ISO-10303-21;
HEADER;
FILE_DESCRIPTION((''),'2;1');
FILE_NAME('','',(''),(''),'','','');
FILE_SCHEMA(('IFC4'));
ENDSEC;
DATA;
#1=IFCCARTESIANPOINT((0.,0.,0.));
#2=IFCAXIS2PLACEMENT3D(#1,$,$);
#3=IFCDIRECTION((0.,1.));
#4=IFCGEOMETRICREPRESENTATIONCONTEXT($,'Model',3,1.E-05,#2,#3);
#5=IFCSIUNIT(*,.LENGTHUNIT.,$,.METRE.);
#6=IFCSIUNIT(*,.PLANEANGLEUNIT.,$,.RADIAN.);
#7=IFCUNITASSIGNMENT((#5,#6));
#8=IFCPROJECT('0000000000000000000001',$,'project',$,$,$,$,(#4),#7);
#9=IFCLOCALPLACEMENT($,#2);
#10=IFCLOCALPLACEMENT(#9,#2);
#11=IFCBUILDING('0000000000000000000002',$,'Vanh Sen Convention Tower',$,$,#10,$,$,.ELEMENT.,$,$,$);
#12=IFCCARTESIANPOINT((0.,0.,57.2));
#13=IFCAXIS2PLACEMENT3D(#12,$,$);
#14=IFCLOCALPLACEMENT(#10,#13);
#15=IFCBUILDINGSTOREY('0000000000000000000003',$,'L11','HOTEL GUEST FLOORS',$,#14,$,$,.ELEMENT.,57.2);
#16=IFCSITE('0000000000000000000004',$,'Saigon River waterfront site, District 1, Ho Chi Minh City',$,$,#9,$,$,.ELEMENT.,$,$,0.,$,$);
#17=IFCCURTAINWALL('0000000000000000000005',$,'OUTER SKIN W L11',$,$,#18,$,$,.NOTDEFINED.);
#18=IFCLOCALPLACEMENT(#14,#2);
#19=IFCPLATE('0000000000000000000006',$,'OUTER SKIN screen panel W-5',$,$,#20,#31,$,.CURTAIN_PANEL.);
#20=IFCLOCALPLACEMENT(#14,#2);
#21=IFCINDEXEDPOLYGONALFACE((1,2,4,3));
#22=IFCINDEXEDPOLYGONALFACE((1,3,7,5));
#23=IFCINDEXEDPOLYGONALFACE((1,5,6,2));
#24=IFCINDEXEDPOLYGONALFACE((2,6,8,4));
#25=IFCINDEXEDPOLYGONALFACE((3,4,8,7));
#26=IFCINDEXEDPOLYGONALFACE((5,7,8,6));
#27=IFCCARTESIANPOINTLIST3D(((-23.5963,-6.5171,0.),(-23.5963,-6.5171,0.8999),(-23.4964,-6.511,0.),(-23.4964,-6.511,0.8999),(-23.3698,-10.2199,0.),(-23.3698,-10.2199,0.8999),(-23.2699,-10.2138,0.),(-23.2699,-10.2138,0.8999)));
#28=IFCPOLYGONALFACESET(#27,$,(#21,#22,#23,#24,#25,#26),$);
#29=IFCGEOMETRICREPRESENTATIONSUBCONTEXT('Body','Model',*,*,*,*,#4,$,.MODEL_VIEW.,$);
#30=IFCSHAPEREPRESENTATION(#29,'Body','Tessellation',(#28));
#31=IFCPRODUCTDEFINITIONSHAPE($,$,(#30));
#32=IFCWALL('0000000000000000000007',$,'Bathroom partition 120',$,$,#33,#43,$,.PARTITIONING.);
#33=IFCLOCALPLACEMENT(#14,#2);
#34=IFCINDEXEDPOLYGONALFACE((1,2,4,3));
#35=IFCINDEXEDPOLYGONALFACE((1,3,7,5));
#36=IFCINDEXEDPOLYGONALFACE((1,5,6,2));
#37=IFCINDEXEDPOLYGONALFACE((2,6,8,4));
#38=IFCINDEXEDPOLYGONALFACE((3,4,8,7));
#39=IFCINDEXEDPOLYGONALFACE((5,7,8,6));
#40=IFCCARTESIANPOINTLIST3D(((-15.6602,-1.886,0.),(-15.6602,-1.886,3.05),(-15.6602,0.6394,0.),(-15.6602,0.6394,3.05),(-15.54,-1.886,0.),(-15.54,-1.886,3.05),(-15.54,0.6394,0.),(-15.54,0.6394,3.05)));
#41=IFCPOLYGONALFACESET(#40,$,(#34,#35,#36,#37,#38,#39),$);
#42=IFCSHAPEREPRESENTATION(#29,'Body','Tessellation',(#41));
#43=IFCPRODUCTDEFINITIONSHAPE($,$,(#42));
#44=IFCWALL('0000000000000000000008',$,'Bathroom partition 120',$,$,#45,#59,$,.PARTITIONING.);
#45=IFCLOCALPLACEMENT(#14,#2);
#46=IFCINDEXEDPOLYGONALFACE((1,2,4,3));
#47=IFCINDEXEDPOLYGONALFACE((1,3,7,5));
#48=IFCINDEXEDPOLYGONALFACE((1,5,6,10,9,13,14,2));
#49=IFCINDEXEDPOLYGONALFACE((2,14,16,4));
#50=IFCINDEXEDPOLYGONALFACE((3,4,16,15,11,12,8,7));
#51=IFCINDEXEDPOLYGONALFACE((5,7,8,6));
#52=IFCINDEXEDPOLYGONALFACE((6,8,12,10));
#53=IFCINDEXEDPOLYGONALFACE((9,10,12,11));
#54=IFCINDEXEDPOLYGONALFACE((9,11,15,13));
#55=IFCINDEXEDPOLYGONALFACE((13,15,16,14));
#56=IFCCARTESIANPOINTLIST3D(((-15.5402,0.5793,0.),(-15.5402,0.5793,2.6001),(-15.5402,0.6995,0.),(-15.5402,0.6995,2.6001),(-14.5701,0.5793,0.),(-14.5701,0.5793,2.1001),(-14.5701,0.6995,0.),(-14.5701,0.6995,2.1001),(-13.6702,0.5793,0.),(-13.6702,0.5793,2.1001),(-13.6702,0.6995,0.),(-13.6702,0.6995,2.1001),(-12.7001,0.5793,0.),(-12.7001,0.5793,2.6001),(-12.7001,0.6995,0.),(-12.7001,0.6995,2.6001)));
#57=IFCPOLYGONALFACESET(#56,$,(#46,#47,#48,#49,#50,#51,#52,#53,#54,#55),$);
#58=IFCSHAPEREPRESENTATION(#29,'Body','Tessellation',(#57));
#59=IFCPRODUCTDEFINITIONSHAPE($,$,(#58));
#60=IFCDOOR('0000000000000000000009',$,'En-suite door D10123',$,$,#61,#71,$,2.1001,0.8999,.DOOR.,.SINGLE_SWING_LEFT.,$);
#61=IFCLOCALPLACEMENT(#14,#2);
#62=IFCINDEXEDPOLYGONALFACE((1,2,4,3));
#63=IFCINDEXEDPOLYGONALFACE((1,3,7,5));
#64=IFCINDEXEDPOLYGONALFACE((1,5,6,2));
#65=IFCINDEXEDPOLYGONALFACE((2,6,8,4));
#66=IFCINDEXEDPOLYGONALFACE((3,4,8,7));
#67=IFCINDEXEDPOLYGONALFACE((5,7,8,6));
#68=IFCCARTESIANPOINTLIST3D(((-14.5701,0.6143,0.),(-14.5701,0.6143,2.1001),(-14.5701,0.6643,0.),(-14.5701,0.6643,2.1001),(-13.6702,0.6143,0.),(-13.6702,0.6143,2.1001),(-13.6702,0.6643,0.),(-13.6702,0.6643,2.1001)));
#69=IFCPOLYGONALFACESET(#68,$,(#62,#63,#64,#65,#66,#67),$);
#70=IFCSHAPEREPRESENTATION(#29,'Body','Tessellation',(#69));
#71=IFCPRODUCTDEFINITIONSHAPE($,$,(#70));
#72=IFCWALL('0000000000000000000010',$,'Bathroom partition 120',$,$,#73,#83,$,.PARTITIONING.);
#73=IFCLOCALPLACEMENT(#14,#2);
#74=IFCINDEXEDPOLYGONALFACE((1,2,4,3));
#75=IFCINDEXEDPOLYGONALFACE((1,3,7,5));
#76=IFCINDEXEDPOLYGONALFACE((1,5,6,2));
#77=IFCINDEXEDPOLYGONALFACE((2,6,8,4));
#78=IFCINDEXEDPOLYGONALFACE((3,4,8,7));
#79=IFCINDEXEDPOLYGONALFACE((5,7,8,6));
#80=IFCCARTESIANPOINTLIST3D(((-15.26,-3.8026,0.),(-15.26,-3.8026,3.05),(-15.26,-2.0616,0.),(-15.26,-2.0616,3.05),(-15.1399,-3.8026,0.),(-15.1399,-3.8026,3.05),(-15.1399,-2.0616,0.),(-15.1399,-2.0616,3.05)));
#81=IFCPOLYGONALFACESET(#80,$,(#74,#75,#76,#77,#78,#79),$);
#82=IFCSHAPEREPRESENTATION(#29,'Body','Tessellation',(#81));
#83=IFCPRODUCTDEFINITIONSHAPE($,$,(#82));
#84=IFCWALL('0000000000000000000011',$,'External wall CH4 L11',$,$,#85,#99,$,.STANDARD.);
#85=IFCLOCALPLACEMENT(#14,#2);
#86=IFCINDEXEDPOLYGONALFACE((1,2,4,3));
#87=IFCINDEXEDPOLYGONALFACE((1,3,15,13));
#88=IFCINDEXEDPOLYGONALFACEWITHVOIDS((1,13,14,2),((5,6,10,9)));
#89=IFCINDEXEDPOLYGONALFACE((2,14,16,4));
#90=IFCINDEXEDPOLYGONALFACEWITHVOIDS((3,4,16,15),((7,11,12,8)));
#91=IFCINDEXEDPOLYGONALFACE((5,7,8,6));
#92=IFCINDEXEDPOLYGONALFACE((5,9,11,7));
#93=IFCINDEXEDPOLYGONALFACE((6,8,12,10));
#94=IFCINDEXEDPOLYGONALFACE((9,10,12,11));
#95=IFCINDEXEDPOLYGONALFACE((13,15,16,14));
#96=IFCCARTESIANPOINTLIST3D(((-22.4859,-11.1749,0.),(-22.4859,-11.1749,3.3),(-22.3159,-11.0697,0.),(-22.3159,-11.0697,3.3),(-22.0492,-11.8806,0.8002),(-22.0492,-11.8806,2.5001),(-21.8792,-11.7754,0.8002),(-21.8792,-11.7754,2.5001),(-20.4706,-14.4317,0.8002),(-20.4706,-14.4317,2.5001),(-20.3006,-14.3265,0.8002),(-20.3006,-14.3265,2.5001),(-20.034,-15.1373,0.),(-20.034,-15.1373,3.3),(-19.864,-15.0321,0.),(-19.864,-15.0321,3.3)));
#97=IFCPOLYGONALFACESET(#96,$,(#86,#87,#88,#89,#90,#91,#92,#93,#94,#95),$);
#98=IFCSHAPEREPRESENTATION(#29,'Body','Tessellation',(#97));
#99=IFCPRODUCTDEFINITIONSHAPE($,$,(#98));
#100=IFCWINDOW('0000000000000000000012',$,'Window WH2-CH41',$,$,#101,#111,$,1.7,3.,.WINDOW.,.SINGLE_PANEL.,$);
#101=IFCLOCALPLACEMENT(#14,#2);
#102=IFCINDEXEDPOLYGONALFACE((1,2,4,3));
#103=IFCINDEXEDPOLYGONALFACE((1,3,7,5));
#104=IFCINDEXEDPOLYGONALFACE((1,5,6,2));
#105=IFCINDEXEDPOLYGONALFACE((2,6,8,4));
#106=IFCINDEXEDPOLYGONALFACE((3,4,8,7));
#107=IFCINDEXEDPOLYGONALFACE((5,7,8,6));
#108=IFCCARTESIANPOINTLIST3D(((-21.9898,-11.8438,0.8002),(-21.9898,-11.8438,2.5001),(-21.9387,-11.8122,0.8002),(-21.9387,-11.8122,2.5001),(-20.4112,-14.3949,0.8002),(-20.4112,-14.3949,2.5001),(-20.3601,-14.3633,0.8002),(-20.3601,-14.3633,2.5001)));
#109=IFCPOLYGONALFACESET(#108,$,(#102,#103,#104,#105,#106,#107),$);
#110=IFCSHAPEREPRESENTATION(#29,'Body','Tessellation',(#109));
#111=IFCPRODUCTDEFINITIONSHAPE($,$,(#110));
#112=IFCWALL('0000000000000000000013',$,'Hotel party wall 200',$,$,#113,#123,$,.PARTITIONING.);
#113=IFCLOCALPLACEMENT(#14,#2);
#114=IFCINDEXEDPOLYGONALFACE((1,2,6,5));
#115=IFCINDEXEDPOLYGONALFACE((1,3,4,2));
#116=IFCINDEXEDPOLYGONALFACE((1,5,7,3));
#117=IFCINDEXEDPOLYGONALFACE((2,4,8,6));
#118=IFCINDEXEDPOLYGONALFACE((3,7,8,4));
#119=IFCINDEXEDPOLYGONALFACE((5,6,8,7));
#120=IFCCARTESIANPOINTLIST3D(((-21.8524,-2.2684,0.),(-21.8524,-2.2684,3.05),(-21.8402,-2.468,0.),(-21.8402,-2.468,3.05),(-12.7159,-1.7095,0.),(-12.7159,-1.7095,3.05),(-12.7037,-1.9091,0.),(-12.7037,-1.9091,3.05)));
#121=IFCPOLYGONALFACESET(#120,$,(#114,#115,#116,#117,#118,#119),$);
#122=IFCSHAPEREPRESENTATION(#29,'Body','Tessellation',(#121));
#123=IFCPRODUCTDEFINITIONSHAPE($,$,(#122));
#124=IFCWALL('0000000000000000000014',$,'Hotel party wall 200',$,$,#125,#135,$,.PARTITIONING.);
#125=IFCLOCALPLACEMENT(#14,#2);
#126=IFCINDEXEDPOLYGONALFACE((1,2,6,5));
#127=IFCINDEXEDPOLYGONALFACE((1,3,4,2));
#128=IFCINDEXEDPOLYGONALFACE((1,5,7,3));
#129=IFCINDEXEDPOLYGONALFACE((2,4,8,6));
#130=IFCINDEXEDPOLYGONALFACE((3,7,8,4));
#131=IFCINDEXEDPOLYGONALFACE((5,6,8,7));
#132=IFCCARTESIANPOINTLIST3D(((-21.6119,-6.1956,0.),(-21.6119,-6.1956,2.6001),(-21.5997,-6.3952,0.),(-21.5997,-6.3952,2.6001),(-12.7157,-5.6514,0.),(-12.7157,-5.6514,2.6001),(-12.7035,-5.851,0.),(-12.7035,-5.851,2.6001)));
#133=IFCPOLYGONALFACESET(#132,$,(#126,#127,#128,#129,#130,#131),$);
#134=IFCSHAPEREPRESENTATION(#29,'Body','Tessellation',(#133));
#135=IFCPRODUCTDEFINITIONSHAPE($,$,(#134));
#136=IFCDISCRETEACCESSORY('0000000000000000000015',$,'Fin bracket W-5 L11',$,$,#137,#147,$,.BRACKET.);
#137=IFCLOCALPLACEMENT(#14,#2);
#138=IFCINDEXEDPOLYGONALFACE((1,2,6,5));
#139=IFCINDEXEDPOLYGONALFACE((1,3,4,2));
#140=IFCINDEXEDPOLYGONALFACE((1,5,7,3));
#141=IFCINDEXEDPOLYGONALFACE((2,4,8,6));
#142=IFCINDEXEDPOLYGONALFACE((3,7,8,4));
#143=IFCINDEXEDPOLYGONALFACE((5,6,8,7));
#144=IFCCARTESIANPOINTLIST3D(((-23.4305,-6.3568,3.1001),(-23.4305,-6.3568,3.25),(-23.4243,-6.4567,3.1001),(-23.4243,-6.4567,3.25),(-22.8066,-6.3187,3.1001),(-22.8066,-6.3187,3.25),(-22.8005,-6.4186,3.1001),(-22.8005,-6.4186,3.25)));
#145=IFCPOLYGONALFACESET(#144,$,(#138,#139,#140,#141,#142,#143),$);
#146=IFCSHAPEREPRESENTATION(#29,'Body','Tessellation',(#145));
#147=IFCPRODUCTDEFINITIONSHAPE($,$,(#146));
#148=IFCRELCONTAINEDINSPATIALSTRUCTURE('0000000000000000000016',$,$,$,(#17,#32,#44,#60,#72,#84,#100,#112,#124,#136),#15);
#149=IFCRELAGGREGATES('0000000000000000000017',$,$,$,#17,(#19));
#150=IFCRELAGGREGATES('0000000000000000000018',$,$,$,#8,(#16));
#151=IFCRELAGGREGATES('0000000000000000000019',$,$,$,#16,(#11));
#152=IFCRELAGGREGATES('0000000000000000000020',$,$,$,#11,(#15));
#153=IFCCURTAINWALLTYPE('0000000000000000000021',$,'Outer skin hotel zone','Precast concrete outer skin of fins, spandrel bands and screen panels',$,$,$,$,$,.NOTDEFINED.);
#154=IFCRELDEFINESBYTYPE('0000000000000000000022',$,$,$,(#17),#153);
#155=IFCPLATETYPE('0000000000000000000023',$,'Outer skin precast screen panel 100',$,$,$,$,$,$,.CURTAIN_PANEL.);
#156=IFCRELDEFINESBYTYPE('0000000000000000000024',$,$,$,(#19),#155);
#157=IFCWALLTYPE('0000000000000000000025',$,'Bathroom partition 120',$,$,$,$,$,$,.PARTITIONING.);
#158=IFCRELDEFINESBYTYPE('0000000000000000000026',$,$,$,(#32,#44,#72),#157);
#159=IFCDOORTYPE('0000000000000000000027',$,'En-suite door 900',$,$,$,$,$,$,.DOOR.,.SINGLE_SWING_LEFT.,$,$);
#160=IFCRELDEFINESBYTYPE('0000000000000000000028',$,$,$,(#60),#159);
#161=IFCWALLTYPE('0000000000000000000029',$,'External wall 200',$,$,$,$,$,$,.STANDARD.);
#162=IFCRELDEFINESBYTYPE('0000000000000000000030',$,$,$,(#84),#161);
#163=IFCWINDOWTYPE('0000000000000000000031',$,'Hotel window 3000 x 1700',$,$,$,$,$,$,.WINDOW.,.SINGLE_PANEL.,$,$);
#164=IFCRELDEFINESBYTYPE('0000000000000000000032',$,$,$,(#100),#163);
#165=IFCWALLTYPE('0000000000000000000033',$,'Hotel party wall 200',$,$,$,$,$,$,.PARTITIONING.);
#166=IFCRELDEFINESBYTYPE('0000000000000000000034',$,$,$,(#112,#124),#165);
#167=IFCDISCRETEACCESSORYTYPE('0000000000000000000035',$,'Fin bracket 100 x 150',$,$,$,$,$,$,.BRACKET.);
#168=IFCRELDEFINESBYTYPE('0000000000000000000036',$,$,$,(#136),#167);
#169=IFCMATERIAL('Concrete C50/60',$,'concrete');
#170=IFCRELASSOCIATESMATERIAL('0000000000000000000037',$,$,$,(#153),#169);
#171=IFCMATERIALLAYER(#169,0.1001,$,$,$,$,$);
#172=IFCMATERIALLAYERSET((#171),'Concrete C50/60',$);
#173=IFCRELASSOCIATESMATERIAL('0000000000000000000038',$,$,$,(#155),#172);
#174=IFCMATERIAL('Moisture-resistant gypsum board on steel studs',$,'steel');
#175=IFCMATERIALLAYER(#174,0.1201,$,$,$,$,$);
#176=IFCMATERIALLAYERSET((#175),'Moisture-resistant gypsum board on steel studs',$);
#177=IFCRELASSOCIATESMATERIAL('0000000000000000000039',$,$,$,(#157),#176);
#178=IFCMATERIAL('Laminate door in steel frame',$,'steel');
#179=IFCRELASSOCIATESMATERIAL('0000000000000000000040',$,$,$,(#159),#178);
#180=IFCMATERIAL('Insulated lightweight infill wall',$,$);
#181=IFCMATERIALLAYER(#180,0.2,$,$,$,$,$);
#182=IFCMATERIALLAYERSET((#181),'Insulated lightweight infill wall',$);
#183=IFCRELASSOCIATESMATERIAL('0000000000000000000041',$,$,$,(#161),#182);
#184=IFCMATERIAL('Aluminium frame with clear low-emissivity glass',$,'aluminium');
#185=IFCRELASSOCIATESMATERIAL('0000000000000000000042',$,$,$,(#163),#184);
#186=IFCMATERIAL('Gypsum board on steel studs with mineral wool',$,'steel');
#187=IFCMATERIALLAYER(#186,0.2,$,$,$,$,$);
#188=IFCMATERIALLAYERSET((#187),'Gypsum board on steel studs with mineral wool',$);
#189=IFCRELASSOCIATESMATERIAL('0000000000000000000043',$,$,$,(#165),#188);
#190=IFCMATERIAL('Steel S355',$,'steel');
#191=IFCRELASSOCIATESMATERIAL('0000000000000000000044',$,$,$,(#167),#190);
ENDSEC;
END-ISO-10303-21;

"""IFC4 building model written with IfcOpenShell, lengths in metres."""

from ifc_helpers import new_model, si_unit, direction, frame, frame_2d, origin, origin_2d, place, context, subcontext, project, spatial, rectangle, extrude, material, layer, layer_set, type_object, element, fill, aggregate, save


model = new_model("IFC4")

# Units and contexts
model_context = context("Model", 3, precision=1e-05, world=origin(), true_north=direction((0.0, 1.0)))
body_context = subcontext(model_context, "Body", "Model", "MODEL_VIEW")
ifc_project = project(units=[si_unit("LENGTHUNIT", "METRE"), si_unit("PLANEANGLEUNIT", "RADIAN")], contexts=[model_context])

# Site, building, storey
site_placement = place(None, origin())
site = spatial("IfcSite", under=ifc_project, at=site_placement, Name="Saigon River waterfront site, District 1, Ho Chi Minh City", CompositionType="ELEMENT", RefElevation=0.0)
building_placement = place(site_placement, origin())
building = spatial("IfcBuilding", under=site, at=building_placement, Name="Vanh Sen Convention Tower", CompositionType="ELEMENT")
storey_placement = place(building_placement, frame((0.0, 0.0, 57.2)))
storey = spatial("IfcBuildingStorey", under=building, at=storey_placement, Name="L11", Description="HOTEL GUEST FLOORS", CompositionType="ELEMENT", Elevation=57.2)

# Curtain wall
ifc_material_1 = material(Name="Concrete C50/60", Category="concrete")
curtain_wall_type = type_object("IfcCurtainWallType", Name="Outer skin hotel zone", Description="Precast concrete outer skin of fins, spandrel bands and screen panels", PredefinedType="NOTDEFINED", material=ifc_material_1)
curtain_wall_1_placement = place(storey_placement, origin())
curtain_wall_1 = element("IfcCurtainWall", 1, at=curtain_wall_1_placement, inside=storey, type_object=curtain_wall_type, Name="OUTER SKIN W L11", PredefinedType="NOTDEFINED")

# Plate
ifc_layer_1 = layer(ifc_material_1, 0.1001)
ifc_layer_set_1 = layer_set([ifc_layer_1], Name="Concrete C50/60")
plate_type = type_object("IfcPlateType", Name="Outer skin precast screen panel 100", PredefinedType="CURTAIN_PANEL", material=ifc_layer_set_1)
plate_1_placement = place(storey_placement, frame((-23.4331, -8.3655, 0.0), z_axis=(0.0, 0.0, 1.0), x_axis=(0.061047, -0.998135, 0.0)))
plate_1 = element("IfcPlate", 2, at=plate_1_placement, type_object=plate_type, Name="OUTER SKIN screen panel W-5", PredefinedType="CURTAIN_PANEL", context=body_context, shape_type="SweptSolid", body=[
    extrude(rectangle(XDim=3.7097, YDim=0.1001, at=origin_2d()), origin(), (0.0, 0.0, 1.0), 0.8999),
])
aggregate(curtain_wall_1, [plate_1])

# Wall
ifc_material_2 = material(Name="Moisture-resistant gypsum board on steel studs", Category="steel")
ifc_layer_2 = layer(ifc_material_2, 0.1201)
ifc_layer_set_2 = layer_set([ifc_layer_2], Name="Moisture-resistant gypsum board on steel studs")
wall_type_1 = type_object("IfcWallType", Name="Bathroom partition 120", PredefinedType="PARTITIONING", material=ifc_layer_set_2)
wall_1_placement = place(storey_placement, frame((-15.6001, -1.886, 0.0), z_axis=(0.0, 0.0, 1.0), x_axis=(0.0, 1.0, 0.0)))
element("IfcWall", 3, at=wall_1_placement, inside=storey, type_object=wall_type_1, Name="Bathroom partition 120", PredefinedType="PARTITIONING", context=body_context, shape_type="SweptSolid", body=[
    extrude(rectangle(XDim=2.5254, YDim=0.1201, at=frame_2d((1.2627, 0.0))), origin(), (0.0, 0.0, 1.0), 3.05),
])

# Wall, opening, door
wall_2_placement = place(storey_placement, frame((-15.54, 0.6394, 0.0), z_axis=(0.0, 0.0, 1.0), x_axis=(1.0, 0.0, 0.0)))
wall_2 = element("IfcWall", 4, at=wall_2_placement, inside=storey, type_object=wall_type_1, Name="Bathroom partition 120", PredefinedType="PARTITIONING", context=body_context, shape_type="SweptSolid", body=[
    extrude(rectangle(XDim=2.8401, YDim=0.1201, at=frame_2d((1.4199, 0.0))), origin(), (0.0, 0.0, 1.0), 2.6001),
])
opening_1_placement = place(wall_2_placement, frame((0.97, 0.0, 0.0)))
opening_1 = element("IfcOpeningElement", 5, at=opening_1_placement, cuts=wall_2, PredefinedType="OPENING", context=body_context, shape_type="SweptSolid", body=[
    extrude(rectangle(XDim=0.8999, YDim=2.1001, at=frame_2d((0.45, 1.05))), frame((0.0, 0.0701, 0.0), z_axis=(0.0, -1.0, 0.0), x_axis=(1.0, 0.0, 0.0)), (0.0, 0.0, 1.0), 0.1401),
])
ifc_material_3 = material(Name="Laminate door in steel frame", Category="steel")
door_type = type_object("IfcDoorType", Name="En-suite door 900", OperationType="SINGLE_SWING_LEFT", PredefinedType="DOOR", material=ifc_material_3)
door_placement = place(opening_1_placement, origin())
door = element("IfcDoor", 6, at=door_placement, inside=storey, type_object=door_type, Name="En-suite door D10123", OperationType="SINGLE_SWING_LEFT", OverallHeight=2.1001, OverallWidth=0.8999, PredefinedType="DOOR", context=body_context, shape_type="SweptSolid", body=[
    extrude(rectangle(XDim=0.8999, YDim=2.1001, at=frame_2d((0.45, 1.05))), frame((0.0, 0.0249, 0.0), z_axis=(0.0, -1.0, 0.0), x_axis=(1.0, 0.0, 0.0)), (0.0, 0.0, 1.0), 0.05),
])
fill(opening_1, door)

# Wall
wall_3_placement = place(storey_placement, frame((-15.2, -3.8027, 0.0), z_axis=(0.0, 0.0, 1.0), x_axis=(0.0, 1.0, 0.0)))
element("IfcWall", 7, at=wall_3_placement, inside=storey, type_object=wall_type_1, Name="Bathroom partition 120", PredefinedType="PARTITIONING", context=body_context, shape_type="SweptSolid", body=[
    extrude(rectangle(XDim=1.741, YDim=0.1201, at=frame_2d((0.8706, 0.0))), origin(), (0.0, 0.0, 1.0), 3.05),
])

# Wall, opening, window
ifc_material_4 = material(Name="Insulated lightweight infill wall")
ifc_layer_3 = layer(ifc_material_4, 0.2)
ifc_layer_set_3 = layer_set([ifc_layer_3], Name="Insulated lightweight infill wall")
wall_type_2 = type_object("IfcWallType", Name="External wall 200", PredefinedType="STANDARD", material=ifc_layer_set_3)
wall_4_placement = place(storey_placement, frame((-22.4009, -11.1223, 0.0), z_axis=(0.0, 0.0, 1.0), x_axis=(0.526198, -0.850362, 0.0)))
wall_4 = element("IfcWall", 8, at=wall_4_placement, inside=storey, type_object=wall_type_2, Name="External wall CH4 L11", PredefinedType="STANDARD", context=body_context, shape_type="SweptSolid", body=[
    extrude(rectangle(XDim=4.6597, YDim=0.2, at=frame_2d((2.3298, 0.0))), origin(), (0.0, 0.0, 1.0), 3.3),
])
opening_2_placement = place(wall_4_placement, frame((0.8298, 0.0, 0.8)))
opening_2 = element("IfcOpeningElement", 9, at=opening_2_placement, cuts=wall_4, PredefinedType="OPENING", context=body_context, shape_type="SweptSolid", body=[
    extrude(rectangle(XDim=3.0, YDim=1.7, at=frame_2d((1.5, 0.8501))), frame((0.0, 0.1099, 0.0), z_axis=(0.0, -1.0, 0.0), x_axis=(1.0, 0.0, 0.0)), (0.0, 0.0, 1.0), 0.22),
])
ifc_material_5 = material(Name="Aluminium frame with clear low-emissivity glass", Category="aluminium")
window_type = type_object("IfcWindowType", Name="Hotel window 3000 x 1700", PartitioningType="SINGLE_PANEL", PredefinedType="WINDOW", material=ifc_material_5)
window_placement = place(opening_2_placement, origin())
window = element("IfcWindow", 10, at=window_placement, inside=storey, type_object=window_type, Name="Window WH2-CH41", OverallHeight=1.7, OverallWidth=3.0, PartitioningType="SINGLE_PANEL", PredefinedType="WINDOW", context=body_context, shape_type="SweptSolid", body=[
    extrude(rectangle(XDim=3.0, YDim=1.7, at=frame_2d((1.5, 0.8501))), frame((0.0, 0.03, 0.0), z_axis=(0.0, -1.0, 0.0), x_axis=(1.0, 0.0, 0.0)), (0.0, 0.0, 1.0), 0.0601),
])
fill(opening_2, window)

# Walls
ifc_material_6 = material(Name="Gypsum board on steel studs with mineral wool", Category="steel")
ifc_layer_4 = layer(ifc_material_6, 0.2)
ifc_layer_set_4 = layer_set([ifc_layer_4], Name="Gypsum board on steel studs with mineral wool")
wall_type_3 = type_object("IfcWallType", Name="Hotel party wall 200", PredefinedType="PARTITIONING", material=ifc_layer_set_4)
wall_5_placement = place(storey_placement, frame((-21.8462, -2.3682, 0.0), z_axis=(0.0, 0.0, 1.0), x_axis=(0.998135, 0.061051, 0.0)))
element("IfcWall", 11, at=wall_5_placement, inside=storey, type_object=wall_type_3, Name="Hotel party wall 200", PredefinedType="PARTITIONING", context=body_context, shape_type="SweptSolid", body=[
    extrude(rectangle(XDim=9.1536, YDim=0.2, at=frame_2d((4.5767, 0.0))), origin(), (0.0, 0.0, 1.0), 3.05),
])
wall_6_placement = place(storey_placement, frame((-21.606, -6.2954, 0.0), z_axis=(0.0, 0.0, 1.0), x_axis=(0.998134, 0.061057, 0.0)))
element("IfcWall", 12, at=wall_6_placement, inside=storey, type_object=wall_type_3, Name="Hotel party wall 200", PredefinedType="PARTITIONING", context=body_context, shape_type="SweptSolid", body=[
    extrude(rectangle(XDim=8.9128, YDim=0.2, at=frame_2d((4.4565, 0.0))), origin(), (0.0, 0.0, 1.0), 2.6001),
])

# Discrete accessory
ifc_material_7 = material(Name="Steel S355", Category="steel")
discrete_accessory_type = type_object("IfcDiscreteAccessoryType", Name="Fin bracket 100 x 150", PredefinedType="BRACKET", material=ifc_material_7)
discrete_accessory_placement = place(storey_placement, frame((-23.1155, -6.3877, 3.1001), z_axis=(0.0, 0.0, 1.0), x_axis=(-0.998135, -0.061049, 0.0)))
element("IfcDiscreteAccessory", 13, at=discrete_accessory_placement, inside=storey, type_object=discrete_accessory_type, Name="Fin bracket W-5 L11", PredefinedType="BRACKET", context=body_context, shape_type="SweptSolid", body=[
    extrude(rectangle(XDim=0.625, YDim=0.1001, at=origin_2d()), origin(), (0.0, 0.0, 1.0), 0.1499),
])

save(model, "model.ifc")
